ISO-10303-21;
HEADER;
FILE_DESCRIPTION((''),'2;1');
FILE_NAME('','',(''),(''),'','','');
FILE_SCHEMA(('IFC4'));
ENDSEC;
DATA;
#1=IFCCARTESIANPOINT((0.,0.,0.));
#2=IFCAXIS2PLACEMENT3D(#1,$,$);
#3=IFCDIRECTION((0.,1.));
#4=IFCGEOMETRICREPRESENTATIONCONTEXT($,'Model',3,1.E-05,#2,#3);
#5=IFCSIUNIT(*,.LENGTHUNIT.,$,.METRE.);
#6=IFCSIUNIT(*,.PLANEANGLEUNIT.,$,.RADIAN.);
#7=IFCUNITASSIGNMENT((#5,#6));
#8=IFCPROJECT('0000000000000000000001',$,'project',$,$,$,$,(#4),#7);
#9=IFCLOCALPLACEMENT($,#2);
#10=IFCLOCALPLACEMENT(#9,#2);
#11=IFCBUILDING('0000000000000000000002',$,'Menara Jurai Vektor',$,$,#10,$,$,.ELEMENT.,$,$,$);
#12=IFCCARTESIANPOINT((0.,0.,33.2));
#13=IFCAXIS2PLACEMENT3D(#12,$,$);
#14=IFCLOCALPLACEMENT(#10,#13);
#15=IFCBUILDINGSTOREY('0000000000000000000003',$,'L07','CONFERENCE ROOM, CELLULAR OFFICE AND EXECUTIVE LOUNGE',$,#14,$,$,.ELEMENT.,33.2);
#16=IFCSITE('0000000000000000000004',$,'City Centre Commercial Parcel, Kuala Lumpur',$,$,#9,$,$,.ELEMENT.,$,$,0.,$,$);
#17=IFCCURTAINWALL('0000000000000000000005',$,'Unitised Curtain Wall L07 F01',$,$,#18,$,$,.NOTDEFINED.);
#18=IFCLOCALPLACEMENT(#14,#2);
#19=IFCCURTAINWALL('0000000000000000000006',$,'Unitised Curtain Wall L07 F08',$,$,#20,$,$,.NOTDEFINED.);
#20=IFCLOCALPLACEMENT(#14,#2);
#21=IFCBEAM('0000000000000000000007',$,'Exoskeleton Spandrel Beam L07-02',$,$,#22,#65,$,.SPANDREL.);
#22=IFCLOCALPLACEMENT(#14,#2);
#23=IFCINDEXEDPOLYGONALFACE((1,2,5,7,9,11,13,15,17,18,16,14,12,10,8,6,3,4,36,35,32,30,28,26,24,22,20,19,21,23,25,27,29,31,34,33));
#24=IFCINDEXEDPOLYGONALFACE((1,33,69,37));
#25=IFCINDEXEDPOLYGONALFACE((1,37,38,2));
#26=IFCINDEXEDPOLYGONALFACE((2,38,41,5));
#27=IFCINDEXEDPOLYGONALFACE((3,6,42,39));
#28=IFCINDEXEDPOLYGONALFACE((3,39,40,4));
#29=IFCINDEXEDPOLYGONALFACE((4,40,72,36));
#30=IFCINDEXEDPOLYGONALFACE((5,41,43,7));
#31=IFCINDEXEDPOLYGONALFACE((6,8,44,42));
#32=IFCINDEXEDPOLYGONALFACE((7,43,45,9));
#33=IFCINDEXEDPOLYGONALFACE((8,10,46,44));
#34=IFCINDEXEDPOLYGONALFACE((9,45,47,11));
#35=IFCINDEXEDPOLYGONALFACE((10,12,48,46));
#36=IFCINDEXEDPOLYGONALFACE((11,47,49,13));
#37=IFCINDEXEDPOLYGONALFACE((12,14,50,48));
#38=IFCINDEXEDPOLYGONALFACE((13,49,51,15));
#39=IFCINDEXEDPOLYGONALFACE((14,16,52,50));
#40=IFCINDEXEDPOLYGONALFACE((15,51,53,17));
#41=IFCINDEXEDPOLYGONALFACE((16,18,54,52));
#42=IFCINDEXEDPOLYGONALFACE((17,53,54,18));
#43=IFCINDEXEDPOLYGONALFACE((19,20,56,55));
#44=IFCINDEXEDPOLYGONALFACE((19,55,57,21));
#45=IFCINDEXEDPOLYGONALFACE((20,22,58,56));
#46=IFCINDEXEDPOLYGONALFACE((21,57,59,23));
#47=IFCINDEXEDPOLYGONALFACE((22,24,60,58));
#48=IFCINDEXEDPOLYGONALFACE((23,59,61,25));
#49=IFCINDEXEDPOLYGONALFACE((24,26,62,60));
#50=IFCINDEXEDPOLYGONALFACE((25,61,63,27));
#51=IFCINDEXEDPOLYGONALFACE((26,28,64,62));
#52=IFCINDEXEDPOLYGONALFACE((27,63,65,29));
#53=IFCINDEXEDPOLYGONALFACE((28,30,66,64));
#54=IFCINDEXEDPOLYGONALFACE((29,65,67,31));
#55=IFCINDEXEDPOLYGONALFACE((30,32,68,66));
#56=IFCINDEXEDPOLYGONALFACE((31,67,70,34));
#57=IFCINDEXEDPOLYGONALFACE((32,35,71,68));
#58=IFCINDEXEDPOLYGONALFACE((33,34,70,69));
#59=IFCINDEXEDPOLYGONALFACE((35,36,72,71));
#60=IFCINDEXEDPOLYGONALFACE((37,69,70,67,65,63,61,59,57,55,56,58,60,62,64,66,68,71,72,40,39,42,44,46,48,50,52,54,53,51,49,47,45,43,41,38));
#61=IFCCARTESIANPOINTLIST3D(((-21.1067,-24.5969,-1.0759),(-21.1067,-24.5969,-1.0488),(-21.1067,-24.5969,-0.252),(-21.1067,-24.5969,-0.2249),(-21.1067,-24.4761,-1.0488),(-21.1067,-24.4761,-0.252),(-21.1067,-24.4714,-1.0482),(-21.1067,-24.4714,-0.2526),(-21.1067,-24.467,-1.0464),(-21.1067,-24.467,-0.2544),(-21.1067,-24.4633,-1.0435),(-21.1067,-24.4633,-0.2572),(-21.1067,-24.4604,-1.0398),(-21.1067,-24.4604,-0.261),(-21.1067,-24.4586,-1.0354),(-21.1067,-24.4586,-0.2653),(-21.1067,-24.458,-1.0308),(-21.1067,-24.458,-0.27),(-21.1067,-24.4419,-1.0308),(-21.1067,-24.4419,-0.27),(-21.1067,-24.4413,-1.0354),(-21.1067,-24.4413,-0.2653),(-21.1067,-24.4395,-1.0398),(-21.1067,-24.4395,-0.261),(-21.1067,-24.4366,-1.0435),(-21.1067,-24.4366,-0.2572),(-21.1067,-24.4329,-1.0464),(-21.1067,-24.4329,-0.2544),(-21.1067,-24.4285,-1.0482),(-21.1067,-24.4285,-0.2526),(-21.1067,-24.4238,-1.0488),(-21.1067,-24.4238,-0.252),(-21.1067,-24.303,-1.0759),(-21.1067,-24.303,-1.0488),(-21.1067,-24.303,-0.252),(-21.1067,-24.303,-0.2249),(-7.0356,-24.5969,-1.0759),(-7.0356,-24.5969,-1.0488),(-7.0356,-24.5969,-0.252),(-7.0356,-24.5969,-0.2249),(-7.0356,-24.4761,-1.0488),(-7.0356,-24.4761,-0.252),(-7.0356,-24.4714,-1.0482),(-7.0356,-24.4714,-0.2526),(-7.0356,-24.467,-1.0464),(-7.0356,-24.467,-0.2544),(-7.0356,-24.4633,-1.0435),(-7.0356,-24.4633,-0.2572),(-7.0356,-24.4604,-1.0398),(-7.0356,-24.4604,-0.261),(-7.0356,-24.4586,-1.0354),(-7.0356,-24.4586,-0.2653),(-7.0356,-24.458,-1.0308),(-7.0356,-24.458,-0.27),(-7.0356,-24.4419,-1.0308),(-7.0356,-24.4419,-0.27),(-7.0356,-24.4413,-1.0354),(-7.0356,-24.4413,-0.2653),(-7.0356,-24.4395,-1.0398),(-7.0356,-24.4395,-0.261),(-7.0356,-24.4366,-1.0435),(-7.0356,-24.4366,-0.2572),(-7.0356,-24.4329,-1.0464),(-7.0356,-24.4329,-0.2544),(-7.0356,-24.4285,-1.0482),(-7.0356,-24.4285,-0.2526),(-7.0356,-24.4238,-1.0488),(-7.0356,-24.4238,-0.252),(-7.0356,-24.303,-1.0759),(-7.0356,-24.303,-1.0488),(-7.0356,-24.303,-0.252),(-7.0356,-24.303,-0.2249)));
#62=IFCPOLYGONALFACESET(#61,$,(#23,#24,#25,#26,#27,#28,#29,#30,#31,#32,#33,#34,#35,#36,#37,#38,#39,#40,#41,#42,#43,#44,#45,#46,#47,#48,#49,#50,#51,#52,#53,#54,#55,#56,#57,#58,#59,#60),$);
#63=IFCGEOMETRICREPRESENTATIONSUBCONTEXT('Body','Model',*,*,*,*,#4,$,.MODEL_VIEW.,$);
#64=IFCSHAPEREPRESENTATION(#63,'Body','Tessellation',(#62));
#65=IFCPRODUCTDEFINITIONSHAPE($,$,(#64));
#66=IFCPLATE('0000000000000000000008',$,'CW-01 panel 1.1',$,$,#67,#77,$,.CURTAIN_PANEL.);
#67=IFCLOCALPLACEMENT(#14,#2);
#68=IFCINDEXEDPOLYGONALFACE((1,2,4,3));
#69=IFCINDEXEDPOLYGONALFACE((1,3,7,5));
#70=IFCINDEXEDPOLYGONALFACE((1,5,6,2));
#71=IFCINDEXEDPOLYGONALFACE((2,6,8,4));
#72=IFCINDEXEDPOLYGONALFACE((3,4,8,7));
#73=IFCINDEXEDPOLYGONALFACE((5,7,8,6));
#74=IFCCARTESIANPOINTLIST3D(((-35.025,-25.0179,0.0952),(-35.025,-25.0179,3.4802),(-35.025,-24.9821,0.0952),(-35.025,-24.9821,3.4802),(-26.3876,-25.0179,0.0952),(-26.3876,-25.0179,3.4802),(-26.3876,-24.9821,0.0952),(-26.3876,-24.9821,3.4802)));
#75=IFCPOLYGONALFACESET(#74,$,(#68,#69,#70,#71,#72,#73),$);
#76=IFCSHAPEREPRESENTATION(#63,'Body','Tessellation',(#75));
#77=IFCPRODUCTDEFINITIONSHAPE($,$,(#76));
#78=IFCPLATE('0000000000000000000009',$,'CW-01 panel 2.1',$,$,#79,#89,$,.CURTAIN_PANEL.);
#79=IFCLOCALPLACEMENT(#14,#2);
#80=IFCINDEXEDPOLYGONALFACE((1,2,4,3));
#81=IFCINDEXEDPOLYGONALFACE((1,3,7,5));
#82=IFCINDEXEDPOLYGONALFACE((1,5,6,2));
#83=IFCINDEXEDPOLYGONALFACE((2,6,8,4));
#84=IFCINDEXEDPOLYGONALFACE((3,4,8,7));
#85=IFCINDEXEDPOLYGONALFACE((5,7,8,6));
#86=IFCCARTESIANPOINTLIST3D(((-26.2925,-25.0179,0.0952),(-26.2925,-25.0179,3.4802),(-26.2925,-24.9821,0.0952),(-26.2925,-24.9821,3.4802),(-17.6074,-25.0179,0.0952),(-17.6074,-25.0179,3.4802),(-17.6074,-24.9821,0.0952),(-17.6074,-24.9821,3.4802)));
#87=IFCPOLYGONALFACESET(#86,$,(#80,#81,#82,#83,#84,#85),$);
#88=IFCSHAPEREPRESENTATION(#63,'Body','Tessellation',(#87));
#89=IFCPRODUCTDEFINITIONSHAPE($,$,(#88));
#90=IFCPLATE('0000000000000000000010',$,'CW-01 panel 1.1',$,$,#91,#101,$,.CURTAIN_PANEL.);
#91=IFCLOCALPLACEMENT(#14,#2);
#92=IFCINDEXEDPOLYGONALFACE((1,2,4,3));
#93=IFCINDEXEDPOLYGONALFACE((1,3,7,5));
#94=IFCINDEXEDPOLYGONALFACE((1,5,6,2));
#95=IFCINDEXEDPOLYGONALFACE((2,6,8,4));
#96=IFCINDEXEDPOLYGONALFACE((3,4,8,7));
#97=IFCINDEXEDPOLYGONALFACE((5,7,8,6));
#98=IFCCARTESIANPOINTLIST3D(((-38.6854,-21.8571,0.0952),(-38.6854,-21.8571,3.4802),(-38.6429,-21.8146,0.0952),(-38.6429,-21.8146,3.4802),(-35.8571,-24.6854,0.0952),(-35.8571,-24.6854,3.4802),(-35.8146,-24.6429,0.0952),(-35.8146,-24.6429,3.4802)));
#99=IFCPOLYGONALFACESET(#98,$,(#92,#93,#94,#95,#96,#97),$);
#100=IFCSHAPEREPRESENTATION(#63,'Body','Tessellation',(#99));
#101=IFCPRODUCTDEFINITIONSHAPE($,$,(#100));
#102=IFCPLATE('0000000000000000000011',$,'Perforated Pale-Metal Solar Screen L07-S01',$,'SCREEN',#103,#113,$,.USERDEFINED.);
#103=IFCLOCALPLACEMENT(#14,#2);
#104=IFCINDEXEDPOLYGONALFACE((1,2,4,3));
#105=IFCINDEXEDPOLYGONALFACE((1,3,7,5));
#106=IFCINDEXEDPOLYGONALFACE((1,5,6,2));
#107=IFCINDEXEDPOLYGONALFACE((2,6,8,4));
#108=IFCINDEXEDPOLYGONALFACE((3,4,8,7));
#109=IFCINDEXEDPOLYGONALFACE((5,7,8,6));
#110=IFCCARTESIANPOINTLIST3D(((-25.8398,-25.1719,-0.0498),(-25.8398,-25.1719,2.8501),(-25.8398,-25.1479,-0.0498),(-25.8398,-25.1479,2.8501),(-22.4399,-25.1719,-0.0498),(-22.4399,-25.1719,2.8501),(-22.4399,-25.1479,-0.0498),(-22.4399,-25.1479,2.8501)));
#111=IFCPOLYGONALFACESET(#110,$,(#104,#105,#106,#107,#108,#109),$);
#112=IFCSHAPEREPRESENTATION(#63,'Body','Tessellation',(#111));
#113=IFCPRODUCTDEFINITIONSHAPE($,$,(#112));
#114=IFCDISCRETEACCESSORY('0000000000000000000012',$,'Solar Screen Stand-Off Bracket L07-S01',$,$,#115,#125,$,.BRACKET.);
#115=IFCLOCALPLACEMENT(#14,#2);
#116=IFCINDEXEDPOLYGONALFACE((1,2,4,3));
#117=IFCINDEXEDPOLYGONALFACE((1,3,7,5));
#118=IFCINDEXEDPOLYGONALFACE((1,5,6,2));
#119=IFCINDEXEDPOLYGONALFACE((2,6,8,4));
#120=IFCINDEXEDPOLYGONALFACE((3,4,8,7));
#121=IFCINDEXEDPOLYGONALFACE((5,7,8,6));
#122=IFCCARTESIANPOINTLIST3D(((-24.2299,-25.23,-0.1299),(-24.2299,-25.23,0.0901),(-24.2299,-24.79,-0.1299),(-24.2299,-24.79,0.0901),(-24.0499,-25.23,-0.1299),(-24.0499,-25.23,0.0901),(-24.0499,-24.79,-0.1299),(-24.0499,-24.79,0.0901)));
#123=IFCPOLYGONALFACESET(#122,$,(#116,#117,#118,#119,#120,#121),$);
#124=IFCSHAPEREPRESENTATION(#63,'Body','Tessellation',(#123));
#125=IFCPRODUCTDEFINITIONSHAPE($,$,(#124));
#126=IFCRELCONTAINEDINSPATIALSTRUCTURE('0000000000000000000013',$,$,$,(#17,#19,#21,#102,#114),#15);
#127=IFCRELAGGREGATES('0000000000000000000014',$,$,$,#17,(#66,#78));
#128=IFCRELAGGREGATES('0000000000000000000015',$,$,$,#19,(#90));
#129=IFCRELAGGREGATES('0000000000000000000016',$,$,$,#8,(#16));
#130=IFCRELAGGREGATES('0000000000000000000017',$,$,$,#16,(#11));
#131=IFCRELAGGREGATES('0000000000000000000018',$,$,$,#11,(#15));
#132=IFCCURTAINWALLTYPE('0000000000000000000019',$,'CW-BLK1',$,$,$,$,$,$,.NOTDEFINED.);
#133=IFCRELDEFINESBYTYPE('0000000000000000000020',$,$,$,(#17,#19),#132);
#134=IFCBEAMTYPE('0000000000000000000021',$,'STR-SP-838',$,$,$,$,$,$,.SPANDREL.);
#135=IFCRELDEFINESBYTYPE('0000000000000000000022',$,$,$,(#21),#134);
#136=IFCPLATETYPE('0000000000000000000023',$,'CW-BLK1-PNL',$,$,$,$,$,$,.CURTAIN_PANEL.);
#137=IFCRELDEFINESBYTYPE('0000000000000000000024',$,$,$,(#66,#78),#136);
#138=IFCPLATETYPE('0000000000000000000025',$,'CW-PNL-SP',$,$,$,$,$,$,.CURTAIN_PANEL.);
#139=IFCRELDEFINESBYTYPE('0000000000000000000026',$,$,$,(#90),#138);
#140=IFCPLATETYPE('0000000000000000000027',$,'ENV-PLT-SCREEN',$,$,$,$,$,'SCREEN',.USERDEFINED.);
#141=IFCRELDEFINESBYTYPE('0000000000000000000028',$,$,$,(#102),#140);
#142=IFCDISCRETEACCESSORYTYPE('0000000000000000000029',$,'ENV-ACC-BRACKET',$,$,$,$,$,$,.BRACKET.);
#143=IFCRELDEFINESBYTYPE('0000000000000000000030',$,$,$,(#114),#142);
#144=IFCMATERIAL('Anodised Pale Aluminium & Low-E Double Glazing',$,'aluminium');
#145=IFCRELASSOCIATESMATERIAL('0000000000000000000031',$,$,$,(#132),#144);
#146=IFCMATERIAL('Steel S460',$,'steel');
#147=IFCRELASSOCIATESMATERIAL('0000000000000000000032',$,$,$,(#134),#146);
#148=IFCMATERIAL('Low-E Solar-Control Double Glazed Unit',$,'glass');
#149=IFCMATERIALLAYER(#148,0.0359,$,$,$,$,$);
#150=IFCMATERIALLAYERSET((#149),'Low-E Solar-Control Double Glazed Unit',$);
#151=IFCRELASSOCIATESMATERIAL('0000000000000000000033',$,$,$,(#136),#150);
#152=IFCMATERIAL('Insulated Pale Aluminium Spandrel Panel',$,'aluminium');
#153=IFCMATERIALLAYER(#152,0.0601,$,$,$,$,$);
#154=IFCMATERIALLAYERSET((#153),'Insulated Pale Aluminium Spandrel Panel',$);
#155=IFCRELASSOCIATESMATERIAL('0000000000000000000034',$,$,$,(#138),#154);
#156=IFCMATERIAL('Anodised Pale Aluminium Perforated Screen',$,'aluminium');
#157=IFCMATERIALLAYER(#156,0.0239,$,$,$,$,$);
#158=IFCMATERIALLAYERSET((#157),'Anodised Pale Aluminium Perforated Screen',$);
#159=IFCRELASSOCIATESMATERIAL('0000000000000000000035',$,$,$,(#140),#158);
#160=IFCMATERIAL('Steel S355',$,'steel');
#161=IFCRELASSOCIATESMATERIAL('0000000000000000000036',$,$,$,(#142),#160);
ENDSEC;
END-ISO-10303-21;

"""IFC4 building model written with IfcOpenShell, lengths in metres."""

from ifc_helpers import new_model, si_unit, direction, frame, origin, origin_2d, place, context, subcontext, project, spatial, rectangle, i_section, extrude, material, layer, layer_set, material_profile, profile_set, type_object, element, aggregate, save


model = new_model("IFC4")

# Units and contexts
model_context = context("Model", 3, precision=1e-05, world=origin(), true_north=direction((0.0, 1.0)))
body_context = subcontext(model_context, "Body", "Model", "MODEL_VIEW")
ifc_project = project(units=[si_unit("LENGTHUNIT", "METRE"), si_unit("PLANEANGLEUNIT", "RADIAN")], contexts=[model_context])

# Site, building, storey
site_placement = place(None, origin())
site = spatial("IfcSite", under=ifc_project, at=site_placement, Name="City Centre Commercial Parcel, Kuala Lumpur", CompositionType="ELEMENT", RefElevation=0.0)
building_placement = place(site_placement, origin())
building = spatial("IfcBuilding", under=site, at=building_placement, Name="Menara Jurai Vektor", CompositionType="ELEMENT")
storey_placement = place(building_placement, frame((0.0, 0.0, 33.2)))
storey = spatial("IfcBuildingStorey", under=building, at=storey_placement, Name="L07", Description="CONFERENCE ROOM, CELLULAR OFFICE AND EXECUTIVE LOUNGE", CompositionType="ELEMENT", Elevation=33.2)

# Shared definitions
ifc_material_1 = material(Name="Steel S460", Category="steel")

# Curtain wall
ifc_material_2 = material(Name="Anodised Pale Aluminium & Low-E Double Glazing", Category="aluminium")
curtain_wall_type = type_object("IfcCurtainWallType", Name="CW-BLK1", PredefinedType="NOTDEFINED", material=ifc_material_2)
curtain_wall_1_placement = place(storey_placement, origin())
curtain_wall_1 = element("IfcCurtainWall", 1, at=curtain_wall_1_placement, inside=storey, type_object=curtain_wall_type, Name="Unitised Curtain Wall L07 F01", PredefinedType="NOTDEFINED")

# Curtain wall
curtain_wall_2_placement = place(storey_placement, origin())
curtain_wall_2 = element("IfcCurtainWall", 2, at=curtain_wall_2_placement, inside=storey, type_object=curtain_wall_type, Name="Unitised Curtain Wall L07 F08", PredefinedType="NOTDEFINED")

# Shared definitions
ifc_material_3 = material(Name="Steel S355", Category="steel")

# Beam
ifc_material_profile_1 = material_profile(ifc_material_1, i_section(OverallWidth=0.2939, OverallDepth=0.8511, WebThickness=0.0161, FlangeThickness=0.0271, FilletRadius=0.0181, at=origin_2d()), Name="UKB 838x292x226")
ifc_profile_set_1 = profile_set([ifc_material_profile_1], Name="Steel S460")
beam_type_1 = type_object("IfcBeamType", Name="STR-SP-838", PredefinedType="SPANDREL", material=ifc_profile_set_1)
for number, where, z_axis, x_axis, name in (
    (3, (-21.1067, -24.45, -0.6504), (1.0, 0.0, 0.0), (0.0, 1.0, 0.0), "Exoskeleton Spandrel Beam L07-02"),
):
    element("IfcBeam", number, at=place(storey_placement, frame(where, z_axis=z_axis, x_axis=x_axis)), inside=storey, type_object=beam_type_1, Name=name, PredefinedType="SPANDREL", context=body_context, shape_type="SweptSolid", body=[
        extrude(i_section(OverallWidth=0.2939, OverallDepth=0.8511, WebThickness=0.0161, FlangeThickness=0.0271, FilletRadius=0.0181, at=origin_2d()), origin(), (0.0, 0.0, 1.0), 14.071),
    ])

# Plates
ifc_material_4 = material(Name="Low-E Solar-Control Double Glazed Unit", Category="glass")
ifc_layer_1 = layer(ifc_material_4, 0.0359)
ifc_layer_set_1 = layer_set([ifc_layer_1], Name="Low-E Solar-Control Double Glazed Unit")
plate_type_1 = type_object("IfcPlateType", Name="CW-BLK1-PNL", PredefinedType="CURTAIN_PANEL", material=ifc_layer_set_1)
plate_1_placement = place(storey_placement, frame((-30.7063, -25.0, 0.0952), z_axis=(0.0, 0.0, 1.0), x_axis=(1.0, 0.0, 0.0)))
plate_1 = element("IfcPlate", 4, at=plate_1_placement, type_object=plate_type_1, Name="CW-01 panel 1.1", PredefinedType="CURTAIN_PANEL", context=body_context, shape_type="SweptSolid", body=[
    extrude(rectangle(XDim=8.6375, YDim=0.0359, at=origin_2d()), origin(), (0.0, 0.0, 1.0), 3.385),
])
plate_2_placement = place(storey_placement, frame((-21.95, -25.0, 0.0952), z_axis=(0.0, 0.0, 1.0), x_axis=(1.0, 0.0, 0.0)))
plate_2 = element("IfcPlate", 5, at=plate_2_placement, type_object=plate_type_1, Name="CW-01 panel 2.1", PredefinedType="CURTAIN_PANEL", context=body_context, shape_type="SweptSolid", body=[
    extrude(rectangle(XDim=8.6851, YDim=0.0359, at=origin_2d()), origin(), (0.0, 0.0, 1.0), 3.385),
])
aggregate(curtain_wall_1, [plate_1, plate_2])
ifc_material_5 = material(Name="Insulated Pale Aluminium Spandrel Panel", Category="aluminium")
ifc_layer_2 = layer(ifc_material_5, 0.0601)
ifc_layer_set_2 = layer_set([ifc_layer_2], Name="Insulated Pale Aluminium Spandrel Panel")
plate_type_2 = type_object("IfcPlateType", Name="CW-PNL-SP", PredefinedType="CURTAIN_PANEL", material=ifc_layer_set_2)
plate_3_placement = place(storey_placement, frame((-37.25, -23.25, 0.0952), z_axis=(0.0, 0.0, 1.0), x_axis=(0.707107, -0.707107, 0.0)))
plate_3 = element("IfcPlate", 6, at=plate_3_placement, type_object=plate_type_2, Name="CW-01 panel 1.1", PredefinedType="CURTAIN_PANEL", context=body_context, shape_type="SweptSolid", body=[
    extrude(rectangle(XDim=3.9998, YDim=0.0601, at=origin_2d()), origin(), (0.0, 0.0, 1.0), 3.385),
])
aggregate(curtain_wall_2, [plate_3])
ifc_material_6 = material(Name="Anodised Pale Aluminium Perforated Screen", Category="aluminium")
ifc_layer_3 = layer(ifc_material_6, 0.0239)
ifc_layer_set_3 = layer_set([ifc_layer_3], Name="Anodised Pale Aluminium Perforated Screen")
plate_type_3 = type_object("IfcPlateType", Name="ENV-PLT-SCREEN", ElementType="SCREEN", PredefinedType="USERDEFINED", material=ifc_layer_set_3)
plate_4_placement = place(storey_placement, frame((-24.1399, -25.1599, -0.0498), z_axis=(0.0, 0.0, 1.0), x_axis=(1.0, 0.0, 0.0)))
element("IfcPlate", 7, at=plate_4_placement, inside=storey, type_object=plate_type_3, Name="Perforated Pale-Metal Solar Screen L07-S01", ObjectType="SCREEN", PredefinedType="USERDEFINED", context=body_context, shape_type="SweptSolid", body=[
    extrude(rectangle(XDim=3.3999, YDim=0.0239, at=origin_2d()), origin(), (0.0, 0.0, 1.0), 2.8999),
])

# Discrete accessory
discrete_accessory_type = type_object("IfcDiscreteAccessoryType", Name="ENV-ACC-BRACKET", PredefinedType="BRACKET", material=ifc_material_3)
discrete_accessory_placement = place(storey_placement, frame((-24.1399, -25.01, -0.1299), z_axis=(0.0, 0.0, 1.0), x_axis=(1.0, 0.0, 0.0)))
element("IfcDiscreteAccessory", 8, at=discrete_accessory_placement, inside=storey, type_object=discrete_accessory_type, Name="Solar Screen Stand-Off Bracket L07-S01", PredefinedType="BRACKET", context=body_context, shape_type="SweptSolid", body=[
    extrude(rectangle(XDim=0.1799, YDim=0.4399, at=origin_2d()), origin(), (0.0, 0.0, 1.0), 0.22),
])

save(model, "model.ifc")
